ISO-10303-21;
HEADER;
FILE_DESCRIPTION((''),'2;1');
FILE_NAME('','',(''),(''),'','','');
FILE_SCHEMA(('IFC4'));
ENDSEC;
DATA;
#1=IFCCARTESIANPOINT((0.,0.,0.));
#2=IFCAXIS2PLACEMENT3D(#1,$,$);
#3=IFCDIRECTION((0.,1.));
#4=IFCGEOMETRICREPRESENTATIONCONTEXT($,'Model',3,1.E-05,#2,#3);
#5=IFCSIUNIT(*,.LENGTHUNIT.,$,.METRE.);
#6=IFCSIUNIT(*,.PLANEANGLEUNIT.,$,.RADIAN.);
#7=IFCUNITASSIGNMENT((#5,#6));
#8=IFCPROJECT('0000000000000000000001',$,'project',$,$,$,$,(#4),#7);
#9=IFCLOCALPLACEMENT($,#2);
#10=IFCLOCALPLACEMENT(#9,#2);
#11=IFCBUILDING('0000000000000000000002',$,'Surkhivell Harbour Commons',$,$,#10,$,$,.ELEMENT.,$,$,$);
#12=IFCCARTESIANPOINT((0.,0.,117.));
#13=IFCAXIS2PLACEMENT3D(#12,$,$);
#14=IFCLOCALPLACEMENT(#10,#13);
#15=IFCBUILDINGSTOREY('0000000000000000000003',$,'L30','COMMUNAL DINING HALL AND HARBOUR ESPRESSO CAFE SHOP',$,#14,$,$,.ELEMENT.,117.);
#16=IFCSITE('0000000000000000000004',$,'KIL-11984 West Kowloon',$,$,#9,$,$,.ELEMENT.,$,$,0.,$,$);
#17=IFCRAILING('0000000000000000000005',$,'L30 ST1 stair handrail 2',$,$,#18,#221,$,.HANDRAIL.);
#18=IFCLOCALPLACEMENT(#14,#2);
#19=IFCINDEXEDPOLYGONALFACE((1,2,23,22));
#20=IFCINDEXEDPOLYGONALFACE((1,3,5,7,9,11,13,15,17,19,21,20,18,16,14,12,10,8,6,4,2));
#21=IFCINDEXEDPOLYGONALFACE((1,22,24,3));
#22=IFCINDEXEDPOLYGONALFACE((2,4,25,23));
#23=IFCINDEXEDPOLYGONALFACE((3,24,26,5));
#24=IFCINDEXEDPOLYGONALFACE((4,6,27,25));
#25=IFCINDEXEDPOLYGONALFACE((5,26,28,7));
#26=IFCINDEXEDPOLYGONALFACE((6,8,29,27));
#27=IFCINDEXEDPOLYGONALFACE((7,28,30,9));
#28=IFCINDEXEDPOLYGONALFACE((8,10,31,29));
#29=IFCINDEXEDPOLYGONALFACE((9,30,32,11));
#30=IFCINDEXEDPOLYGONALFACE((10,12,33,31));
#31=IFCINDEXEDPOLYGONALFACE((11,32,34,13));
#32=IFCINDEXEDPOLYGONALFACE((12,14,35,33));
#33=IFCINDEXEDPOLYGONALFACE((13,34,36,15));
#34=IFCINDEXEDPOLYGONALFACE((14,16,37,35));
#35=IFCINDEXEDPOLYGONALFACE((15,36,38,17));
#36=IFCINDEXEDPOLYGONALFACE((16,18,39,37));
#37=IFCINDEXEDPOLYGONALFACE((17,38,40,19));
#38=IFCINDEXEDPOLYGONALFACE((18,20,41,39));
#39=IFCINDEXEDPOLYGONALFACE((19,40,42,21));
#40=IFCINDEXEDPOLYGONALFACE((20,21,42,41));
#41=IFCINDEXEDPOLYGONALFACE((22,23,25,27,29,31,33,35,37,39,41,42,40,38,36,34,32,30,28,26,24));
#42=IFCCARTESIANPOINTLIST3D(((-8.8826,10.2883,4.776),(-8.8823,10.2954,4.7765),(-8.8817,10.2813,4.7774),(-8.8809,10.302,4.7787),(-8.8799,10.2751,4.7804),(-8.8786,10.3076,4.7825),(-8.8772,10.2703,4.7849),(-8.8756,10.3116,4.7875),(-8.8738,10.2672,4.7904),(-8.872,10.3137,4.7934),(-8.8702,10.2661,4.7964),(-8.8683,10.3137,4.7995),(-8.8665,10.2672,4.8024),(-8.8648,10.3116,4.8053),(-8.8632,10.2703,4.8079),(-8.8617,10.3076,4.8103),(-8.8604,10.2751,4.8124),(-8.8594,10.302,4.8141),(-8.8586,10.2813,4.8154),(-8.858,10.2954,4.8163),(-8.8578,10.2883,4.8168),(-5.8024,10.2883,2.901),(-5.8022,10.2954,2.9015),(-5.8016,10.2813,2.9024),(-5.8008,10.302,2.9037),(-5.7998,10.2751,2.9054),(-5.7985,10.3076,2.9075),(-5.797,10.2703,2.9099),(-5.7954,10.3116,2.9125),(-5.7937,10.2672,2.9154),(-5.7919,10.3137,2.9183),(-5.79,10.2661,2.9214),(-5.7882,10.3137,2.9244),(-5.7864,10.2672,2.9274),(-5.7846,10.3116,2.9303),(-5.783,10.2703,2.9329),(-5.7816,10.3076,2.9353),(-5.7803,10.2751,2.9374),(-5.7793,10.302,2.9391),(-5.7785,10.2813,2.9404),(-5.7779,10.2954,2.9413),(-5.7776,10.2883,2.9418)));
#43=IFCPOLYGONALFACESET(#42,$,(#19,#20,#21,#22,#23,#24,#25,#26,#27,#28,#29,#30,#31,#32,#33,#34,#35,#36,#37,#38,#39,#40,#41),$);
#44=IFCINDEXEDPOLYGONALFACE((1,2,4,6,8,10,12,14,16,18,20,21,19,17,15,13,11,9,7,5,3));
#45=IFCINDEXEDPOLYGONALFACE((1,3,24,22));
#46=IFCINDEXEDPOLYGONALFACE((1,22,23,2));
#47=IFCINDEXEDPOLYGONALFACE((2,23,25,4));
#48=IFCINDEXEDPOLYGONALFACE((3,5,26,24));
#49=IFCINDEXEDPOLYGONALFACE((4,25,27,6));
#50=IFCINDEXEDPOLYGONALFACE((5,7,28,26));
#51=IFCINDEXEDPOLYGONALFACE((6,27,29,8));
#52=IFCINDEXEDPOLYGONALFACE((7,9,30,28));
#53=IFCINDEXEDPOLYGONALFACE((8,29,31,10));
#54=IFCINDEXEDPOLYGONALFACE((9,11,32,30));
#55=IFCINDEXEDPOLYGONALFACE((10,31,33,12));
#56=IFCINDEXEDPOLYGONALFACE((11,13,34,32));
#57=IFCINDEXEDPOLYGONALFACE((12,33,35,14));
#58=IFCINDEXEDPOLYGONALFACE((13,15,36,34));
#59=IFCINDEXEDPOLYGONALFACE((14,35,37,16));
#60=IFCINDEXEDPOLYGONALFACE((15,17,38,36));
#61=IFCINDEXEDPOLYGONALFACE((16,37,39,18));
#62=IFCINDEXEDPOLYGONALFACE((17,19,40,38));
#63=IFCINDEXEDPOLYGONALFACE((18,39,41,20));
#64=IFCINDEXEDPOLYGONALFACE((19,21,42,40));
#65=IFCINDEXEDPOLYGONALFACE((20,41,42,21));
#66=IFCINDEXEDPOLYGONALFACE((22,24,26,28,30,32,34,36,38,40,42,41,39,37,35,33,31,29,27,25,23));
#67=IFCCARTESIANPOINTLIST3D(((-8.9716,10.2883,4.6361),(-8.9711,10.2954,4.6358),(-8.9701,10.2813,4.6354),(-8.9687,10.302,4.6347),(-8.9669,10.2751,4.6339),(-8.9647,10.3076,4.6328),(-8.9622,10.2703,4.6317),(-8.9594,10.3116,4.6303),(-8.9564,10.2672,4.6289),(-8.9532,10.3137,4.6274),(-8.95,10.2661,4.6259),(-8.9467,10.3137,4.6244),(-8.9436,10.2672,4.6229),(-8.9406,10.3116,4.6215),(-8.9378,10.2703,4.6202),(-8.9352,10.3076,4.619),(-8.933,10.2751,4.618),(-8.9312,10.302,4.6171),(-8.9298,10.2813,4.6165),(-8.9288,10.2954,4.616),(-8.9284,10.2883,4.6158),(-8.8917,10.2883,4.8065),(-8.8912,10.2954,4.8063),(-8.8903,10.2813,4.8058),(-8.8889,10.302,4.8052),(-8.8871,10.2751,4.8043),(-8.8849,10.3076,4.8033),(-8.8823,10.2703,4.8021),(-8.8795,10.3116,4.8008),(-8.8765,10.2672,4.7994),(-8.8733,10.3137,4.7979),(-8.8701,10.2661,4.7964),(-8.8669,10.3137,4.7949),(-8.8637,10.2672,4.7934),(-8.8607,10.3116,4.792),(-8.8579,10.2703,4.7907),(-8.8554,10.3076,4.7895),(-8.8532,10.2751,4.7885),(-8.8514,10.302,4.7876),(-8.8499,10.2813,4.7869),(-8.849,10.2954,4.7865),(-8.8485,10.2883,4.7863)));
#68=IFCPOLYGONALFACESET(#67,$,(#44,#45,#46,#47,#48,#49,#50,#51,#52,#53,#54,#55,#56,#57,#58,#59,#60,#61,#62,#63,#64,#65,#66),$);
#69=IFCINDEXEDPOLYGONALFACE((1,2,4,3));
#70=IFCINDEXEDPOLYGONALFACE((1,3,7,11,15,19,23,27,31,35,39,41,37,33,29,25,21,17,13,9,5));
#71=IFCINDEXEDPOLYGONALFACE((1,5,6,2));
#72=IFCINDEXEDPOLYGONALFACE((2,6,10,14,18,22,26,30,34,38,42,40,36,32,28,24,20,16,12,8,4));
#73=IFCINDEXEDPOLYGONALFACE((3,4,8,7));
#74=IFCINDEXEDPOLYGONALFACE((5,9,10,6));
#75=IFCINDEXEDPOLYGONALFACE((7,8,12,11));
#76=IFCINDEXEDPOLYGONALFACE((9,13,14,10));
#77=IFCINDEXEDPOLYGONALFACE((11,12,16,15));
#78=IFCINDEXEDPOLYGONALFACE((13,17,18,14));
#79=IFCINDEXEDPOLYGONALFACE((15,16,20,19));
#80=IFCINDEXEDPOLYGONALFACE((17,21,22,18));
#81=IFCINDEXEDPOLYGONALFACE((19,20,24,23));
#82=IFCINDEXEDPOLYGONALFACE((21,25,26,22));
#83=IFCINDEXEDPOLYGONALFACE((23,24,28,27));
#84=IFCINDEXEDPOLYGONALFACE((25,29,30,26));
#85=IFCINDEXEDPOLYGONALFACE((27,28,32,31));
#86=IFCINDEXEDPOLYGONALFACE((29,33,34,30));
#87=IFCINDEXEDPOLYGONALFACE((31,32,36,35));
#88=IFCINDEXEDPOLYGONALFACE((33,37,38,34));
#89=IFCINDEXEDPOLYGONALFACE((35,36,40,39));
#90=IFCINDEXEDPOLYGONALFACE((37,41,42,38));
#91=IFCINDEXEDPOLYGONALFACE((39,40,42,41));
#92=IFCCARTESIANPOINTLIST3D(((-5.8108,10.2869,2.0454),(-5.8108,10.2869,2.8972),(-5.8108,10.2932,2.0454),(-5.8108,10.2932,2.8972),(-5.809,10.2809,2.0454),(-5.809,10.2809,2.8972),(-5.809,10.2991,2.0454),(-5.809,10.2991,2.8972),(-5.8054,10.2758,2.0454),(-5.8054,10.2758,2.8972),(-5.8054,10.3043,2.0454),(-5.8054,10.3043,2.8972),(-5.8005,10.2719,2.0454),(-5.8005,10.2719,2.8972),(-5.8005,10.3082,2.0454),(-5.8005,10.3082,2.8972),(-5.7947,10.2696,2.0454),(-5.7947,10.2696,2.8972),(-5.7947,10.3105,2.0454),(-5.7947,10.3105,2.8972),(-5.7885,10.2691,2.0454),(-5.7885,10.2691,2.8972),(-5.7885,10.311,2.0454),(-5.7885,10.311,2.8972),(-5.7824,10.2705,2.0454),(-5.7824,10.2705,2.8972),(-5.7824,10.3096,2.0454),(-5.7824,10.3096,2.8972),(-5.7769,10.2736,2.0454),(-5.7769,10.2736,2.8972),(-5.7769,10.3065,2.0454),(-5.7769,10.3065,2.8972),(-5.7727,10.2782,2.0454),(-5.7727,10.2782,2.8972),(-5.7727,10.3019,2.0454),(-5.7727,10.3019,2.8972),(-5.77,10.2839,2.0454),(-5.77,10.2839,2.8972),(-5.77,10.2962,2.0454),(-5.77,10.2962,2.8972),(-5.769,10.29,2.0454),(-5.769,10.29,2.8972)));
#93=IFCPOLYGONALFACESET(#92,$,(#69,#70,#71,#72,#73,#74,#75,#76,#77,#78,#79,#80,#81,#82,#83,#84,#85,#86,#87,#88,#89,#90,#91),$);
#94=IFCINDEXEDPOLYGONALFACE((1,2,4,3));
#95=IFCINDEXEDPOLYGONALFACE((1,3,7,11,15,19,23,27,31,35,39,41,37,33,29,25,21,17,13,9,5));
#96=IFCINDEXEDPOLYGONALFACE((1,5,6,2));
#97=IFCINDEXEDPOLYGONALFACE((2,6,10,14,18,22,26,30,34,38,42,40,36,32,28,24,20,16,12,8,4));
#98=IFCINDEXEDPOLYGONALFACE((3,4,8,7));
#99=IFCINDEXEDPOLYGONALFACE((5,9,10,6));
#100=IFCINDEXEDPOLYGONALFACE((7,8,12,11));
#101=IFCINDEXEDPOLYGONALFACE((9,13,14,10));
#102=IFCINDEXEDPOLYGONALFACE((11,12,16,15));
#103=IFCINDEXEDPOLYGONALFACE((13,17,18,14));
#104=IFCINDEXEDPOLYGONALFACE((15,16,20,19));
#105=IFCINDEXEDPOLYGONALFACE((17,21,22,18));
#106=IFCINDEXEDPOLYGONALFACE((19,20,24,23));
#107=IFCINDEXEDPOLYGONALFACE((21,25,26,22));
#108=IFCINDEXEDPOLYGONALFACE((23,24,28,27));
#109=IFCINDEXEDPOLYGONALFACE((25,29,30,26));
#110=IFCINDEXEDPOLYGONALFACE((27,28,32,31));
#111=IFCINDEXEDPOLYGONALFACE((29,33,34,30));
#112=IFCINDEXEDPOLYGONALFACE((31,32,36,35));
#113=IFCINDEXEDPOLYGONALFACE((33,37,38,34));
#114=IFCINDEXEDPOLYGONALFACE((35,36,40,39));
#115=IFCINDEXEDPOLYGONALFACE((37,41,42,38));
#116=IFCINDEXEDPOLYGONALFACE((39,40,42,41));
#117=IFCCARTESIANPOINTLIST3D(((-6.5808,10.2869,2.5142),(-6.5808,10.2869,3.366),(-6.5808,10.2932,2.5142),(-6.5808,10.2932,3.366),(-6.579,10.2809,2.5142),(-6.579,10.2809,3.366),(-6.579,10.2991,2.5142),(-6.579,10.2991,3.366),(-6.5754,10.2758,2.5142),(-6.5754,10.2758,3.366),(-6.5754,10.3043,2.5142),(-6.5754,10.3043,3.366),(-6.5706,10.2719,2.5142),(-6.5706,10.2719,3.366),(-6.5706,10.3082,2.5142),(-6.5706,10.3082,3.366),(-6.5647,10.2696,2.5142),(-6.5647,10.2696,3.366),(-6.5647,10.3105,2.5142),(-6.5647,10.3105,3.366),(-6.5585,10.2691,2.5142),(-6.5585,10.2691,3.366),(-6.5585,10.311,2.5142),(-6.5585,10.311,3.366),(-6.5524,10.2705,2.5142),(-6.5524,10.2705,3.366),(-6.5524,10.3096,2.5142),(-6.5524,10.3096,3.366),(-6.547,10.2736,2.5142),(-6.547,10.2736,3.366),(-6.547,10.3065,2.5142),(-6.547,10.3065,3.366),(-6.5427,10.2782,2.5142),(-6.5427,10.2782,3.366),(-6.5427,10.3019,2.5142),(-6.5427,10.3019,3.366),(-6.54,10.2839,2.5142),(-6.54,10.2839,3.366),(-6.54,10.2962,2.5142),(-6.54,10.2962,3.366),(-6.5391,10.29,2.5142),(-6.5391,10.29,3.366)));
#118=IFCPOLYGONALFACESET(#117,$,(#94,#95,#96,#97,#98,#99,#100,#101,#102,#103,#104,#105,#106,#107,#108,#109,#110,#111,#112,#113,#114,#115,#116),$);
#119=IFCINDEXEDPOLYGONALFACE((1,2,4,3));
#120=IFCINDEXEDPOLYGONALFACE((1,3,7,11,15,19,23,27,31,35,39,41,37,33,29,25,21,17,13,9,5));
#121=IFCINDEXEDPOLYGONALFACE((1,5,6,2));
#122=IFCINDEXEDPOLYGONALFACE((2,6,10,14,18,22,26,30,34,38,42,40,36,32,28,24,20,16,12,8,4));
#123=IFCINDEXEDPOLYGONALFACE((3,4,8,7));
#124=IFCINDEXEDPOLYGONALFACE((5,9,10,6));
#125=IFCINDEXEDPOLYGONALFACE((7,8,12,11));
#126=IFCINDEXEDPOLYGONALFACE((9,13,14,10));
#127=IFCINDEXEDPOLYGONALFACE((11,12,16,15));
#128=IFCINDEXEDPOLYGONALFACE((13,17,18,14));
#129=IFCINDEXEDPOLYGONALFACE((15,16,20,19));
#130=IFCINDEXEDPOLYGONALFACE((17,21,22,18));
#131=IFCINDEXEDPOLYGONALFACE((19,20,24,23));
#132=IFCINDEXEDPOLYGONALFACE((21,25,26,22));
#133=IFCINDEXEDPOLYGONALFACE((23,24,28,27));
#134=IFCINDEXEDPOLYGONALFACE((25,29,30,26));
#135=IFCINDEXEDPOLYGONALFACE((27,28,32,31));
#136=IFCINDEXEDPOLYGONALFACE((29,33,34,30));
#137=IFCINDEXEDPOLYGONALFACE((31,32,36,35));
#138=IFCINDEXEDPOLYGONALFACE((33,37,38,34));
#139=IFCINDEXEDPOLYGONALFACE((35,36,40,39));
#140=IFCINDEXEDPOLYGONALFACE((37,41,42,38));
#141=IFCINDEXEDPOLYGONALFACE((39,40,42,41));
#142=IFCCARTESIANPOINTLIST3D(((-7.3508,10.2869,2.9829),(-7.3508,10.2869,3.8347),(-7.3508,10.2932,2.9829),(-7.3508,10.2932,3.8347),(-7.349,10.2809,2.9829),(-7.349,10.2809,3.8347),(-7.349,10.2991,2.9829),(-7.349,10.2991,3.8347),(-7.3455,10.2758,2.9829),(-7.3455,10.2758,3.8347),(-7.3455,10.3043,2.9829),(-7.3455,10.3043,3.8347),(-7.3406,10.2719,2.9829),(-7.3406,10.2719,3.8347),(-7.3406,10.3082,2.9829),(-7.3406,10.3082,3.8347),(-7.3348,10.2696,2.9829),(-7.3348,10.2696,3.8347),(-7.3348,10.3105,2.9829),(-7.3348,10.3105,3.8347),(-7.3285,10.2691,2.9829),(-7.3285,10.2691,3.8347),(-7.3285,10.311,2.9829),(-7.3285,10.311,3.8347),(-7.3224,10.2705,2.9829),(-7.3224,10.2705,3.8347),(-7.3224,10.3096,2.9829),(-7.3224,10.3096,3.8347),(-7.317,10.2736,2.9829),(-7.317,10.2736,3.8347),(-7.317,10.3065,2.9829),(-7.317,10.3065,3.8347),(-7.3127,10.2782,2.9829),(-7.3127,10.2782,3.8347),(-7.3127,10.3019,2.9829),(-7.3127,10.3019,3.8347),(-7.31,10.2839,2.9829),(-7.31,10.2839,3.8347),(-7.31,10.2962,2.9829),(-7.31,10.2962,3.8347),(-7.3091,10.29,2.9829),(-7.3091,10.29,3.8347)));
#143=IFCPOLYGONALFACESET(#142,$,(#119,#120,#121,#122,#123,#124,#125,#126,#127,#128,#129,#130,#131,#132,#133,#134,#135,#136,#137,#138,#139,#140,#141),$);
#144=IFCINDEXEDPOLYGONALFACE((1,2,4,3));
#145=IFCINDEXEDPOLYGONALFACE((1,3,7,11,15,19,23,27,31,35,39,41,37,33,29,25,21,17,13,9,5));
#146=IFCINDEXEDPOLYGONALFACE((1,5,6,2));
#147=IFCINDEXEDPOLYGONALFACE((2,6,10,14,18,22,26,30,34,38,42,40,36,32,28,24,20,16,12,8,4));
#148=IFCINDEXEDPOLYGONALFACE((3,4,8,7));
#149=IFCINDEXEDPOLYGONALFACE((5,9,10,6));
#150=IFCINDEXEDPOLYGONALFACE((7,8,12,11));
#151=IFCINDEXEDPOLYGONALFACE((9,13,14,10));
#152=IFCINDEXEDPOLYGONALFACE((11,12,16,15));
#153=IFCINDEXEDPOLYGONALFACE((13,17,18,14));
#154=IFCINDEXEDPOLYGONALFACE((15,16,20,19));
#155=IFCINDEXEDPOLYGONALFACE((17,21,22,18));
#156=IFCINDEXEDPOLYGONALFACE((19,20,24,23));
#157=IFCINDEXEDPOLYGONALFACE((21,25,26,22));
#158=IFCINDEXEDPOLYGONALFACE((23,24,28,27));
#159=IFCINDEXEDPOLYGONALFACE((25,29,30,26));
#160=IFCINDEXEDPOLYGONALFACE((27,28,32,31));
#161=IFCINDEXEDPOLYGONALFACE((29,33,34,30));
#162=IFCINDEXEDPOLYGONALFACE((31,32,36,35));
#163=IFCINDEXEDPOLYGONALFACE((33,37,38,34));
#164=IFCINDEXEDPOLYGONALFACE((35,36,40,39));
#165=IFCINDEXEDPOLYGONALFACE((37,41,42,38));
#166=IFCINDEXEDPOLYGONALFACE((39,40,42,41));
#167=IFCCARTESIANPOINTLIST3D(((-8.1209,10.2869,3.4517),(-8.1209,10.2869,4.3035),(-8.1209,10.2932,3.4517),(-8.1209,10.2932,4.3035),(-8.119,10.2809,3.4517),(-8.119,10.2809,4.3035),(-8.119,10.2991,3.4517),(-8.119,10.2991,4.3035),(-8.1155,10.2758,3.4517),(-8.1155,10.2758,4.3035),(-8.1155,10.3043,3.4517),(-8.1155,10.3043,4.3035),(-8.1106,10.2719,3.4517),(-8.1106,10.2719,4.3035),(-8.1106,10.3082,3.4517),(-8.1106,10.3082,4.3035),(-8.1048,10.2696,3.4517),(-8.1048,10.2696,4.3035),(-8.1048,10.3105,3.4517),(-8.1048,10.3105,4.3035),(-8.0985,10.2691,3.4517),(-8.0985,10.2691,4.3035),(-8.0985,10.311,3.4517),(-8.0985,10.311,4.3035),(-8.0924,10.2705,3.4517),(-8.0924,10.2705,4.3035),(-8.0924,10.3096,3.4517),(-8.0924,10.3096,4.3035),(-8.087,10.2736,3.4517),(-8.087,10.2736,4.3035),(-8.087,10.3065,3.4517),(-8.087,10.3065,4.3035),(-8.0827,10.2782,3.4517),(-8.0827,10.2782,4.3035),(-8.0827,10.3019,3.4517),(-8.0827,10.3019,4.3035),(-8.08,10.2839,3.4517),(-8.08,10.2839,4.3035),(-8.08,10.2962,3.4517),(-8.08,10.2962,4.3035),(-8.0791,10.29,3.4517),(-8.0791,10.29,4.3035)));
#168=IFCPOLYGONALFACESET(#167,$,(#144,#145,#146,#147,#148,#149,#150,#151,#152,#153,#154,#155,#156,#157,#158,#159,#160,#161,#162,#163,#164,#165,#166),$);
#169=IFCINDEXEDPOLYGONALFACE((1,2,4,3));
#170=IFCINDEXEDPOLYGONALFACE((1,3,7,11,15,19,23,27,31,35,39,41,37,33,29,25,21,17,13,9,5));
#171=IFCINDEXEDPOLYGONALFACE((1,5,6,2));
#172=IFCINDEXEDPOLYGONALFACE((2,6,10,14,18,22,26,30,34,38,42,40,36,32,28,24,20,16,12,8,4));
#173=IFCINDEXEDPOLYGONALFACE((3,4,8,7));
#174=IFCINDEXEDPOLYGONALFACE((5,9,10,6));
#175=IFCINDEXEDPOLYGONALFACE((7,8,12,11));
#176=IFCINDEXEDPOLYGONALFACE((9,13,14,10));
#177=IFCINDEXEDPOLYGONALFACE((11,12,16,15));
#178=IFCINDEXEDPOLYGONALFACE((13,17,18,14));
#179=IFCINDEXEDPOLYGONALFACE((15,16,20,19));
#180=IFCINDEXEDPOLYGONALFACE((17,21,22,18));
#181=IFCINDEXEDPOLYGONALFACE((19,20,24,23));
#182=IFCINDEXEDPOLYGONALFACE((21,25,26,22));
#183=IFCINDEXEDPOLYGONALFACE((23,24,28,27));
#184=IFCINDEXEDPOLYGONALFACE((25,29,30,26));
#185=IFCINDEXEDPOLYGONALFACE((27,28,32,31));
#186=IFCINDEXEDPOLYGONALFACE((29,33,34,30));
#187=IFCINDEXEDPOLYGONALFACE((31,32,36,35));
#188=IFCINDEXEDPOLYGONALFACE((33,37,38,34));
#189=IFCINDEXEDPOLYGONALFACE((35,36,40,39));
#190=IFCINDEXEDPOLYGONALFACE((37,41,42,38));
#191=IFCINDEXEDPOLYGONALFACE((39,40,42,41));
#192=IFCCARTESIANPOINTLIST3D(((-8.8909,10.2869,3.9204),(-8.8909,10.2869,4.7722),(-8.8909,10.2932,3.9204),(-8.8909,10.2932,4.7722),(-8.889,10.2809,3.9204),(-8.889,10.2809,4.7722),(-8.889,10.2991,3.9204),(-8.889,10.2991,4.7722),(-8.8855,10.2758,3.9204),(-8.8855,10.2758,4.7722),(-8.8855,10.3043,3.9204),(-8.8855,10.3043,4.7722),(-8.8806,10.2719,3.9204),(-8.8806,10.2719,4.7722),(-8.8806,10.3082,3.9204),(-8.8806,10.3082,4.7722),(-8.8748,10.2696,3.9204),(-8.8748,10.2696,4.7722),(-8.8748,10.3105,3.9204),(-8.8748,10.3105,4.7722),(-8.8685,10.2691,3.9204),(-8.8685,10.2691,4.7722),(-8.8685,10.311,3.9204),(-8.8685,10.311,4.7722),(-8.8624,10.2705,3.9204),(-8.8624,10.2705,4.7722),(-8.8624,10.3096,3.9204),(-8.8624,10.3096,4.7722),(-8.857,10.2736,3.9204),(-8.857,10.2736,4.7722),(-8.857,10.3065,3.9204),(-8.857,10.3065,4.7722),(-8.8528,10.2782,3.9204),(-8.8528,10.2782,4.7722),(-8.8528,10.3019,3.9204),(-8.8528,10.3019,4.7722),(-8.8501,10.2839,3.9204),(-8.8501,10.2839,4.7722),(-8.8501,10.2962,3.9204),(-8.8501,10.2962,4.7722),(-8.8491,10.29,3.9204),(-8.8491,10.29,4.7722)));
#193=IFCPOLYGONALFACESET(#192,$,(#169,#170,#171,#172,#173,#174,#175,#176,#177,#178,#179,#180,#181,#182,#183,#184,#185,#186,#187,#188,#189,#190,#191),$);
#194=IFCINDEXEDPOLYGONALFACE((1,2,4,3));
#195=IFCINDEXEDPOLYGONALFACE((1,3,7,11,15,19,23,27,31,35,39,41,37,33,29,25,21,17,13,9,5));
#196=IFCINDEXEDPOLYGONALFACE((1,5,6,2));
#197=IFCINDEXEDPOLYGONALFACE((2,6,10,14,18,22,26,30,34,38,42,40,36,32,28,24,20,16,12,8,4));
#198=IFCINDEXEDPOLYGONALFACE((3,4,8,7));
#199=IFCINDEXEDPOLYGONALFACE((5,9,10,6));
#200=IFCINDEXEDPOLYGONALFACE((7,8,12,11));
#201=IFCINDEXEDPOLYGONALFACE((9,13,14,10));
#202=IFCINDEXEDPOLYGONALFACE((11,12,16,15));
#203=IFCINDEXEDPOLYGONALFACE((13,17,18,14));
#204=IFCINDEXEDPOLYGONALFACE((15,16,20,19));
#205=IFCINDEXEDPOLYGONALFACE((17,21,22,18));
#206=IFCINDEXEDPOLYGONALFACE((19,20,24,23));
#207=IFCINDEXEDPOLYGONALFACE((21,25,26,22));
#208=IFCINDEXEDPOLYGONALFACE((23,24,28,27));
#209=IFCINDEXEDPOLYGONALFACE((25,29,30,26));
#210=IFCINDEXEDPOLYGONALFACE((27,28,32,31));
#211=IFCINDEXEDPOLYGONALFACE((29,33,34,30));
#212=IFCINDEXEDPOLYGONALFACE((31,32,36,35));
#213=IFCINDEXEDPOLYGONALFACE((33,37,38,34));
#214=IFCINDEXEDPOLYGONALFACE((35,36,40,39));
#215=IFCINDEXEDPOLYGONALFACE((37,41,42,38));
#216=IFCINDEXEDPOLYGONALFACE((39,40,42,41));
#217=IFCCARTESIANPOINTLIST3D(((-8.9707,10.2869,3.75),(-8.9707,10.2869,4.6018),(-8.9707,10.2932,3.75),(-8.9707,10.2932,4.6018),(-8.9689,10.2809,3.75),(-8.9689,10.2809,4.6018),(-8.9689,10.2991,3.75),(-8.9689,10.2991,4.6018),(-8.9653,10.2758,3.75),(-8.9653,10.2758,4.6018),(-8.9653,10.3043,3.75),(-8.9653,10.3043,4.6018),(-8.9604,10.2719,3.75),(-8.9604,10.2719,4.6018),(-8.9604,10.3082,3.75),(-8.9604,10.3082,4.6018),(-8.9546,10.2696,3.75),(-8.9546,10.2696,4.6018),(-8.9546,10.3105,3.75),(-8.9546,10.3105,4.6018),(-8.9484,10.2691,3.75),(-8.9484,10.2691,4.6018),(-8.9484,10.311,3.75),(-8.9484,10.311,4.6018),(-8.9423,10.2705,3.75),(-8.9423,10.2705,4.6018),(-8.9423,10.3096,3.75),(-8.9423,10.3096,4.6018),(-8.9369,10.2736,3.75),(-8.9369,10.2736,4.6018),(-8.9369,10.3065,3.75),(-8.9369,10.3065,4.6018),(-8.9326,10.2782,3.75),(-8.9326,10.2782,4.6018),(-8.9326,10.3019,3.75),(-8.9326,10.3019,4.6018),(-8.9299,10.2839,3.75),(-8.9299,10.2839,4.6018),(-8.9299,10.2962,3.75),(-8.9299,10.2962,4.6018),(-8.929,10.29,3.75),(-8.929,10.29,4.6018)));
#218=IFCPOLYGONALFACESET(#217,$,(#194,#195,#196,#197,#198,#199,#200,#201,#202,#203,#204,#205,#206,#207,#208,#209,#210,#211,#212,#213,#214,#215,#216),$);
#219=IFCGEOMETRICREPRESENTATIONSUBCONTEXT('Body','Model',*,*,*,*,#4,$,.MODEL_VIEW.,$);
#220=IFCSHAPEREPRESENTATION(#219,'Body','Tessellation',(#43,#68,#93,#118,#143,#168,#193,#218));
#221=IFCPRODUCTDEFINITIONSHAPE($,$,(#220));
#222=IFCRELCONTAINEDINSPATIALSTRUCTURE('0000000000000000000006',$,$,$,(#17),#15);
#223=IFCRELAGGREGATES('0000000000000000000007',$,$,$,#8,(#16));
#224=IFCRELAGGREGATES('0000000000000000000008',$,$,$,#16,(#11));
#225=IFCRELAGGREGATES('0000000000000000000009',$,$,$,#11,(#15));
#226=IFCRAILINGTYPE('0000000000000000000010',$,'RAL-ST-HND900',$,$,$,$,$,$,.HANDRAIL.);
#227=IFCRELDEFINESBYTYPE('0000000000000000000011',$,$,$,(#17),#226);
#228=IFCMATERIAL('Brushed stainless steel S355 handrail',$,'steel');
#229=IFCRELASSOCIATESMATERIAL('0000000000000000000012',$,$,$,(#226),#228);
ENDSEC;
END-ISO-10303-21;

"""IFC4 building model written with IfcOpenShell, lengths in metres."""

from ifc_helpers import new_model, si_unit, direction, frame, origin, origin_2d, place, context, subcontext, project, spatial, circle, extrude, material, type_object, element, save


model = new_model("IFC4")

# Units and contexts
model_context = context("Model", 3, precision=1e-05, world=origin(), true_north=direction((0.0, 1.0)))
body_context = subcontext(model_context, "Body", "Model", "MODEL_VIEW")
ifc_project = project(units=[si_unit("LENGTHUNIT", "METRE"), si_unit("PLANEANGLEUNIT", "RADIAN")], contexts=[model_context])

# Site, building, storey
site_placement = place(None, origin())
site = spatial("IfcSite", under=ifc_project, at=site_placement, Name="KIL-11984 West Kowloon", CompositionType="ELEMENT", RefElevation=0.0)
building_placement = place(site_placement, origin())
building = spatial("IfcBuilding", under=site, at=building_placement, Name="Surkhivell Harbour Commons", CompositionType="ELEMENT")
storey_placement = place(building_placement, frame((0.0, 0.0, 117.0)))
storey = spatial("IfcBuildingStorey", under=building, at=storey_placement, Name="L30", Description="COMMUNAL DINING HALL AND HARBOUR ESPRESSO CAFE SHOP", CompositionType="ELEMENT", Elevation=117.0)

# Railing
ifc_material_1 = material(Name="Brushed stainless steel S355 handrail", Category="steel")
railing_type_1 = type_object("IfcRailingType", Name="RAL-ST-HND900", PredefinedType="HANDRAIL", material=ifc_material_1)
railing_1_placement = place(storey_placement, frame((-5.79, 10.29, 2.0454)))
element("IfcRailing", 1, at=railing_1_placement, inside=storey, type_object=railing_type_1, Name="L30 ST1 stair handrail 2", PredefinedType="HANDRAIL", context=body_context, shape_type="SweptSolid", body=[
    extrude(circle(Radius=0.0239, at=origin_2d()), frame((0.0, 0.0, 0.876), z_axis=(-0.854178, 0.0, 0.519981), x_axis=(0.0, -1.0, 0.0)), (0.0, 0.0, 1.0), 3.606),
    extrude(circle(Radius=0.0239, at=origin_2d()), frame((-3.0801, 0.0, 2.751), z_axis=(-0.424234, 0.0, -0.905552), x_axis=(0.0, -1.0, 0.0)), (0.0, 0.0, 1.0), 0.1882),
    extrude(circle(Radius=0.021, at=origin_2d()), origin(), (0.0, 0.0, 1.0), 0.8518),
    extrude(circle(Radius=0.021, at=origin_2d()), frame((-0.77, 0.0, 0.4688)), (0.0, 0.0, 1.0), 0.8518),
    extrude(circle(Radius=0.021, at=origin_2d()), frame((-1.54, 0.0, 0.9375)), (0.0, 0.0, 1.0), 0.8518),
    extrude(circle(Radius=0.021, at=origin_2d()), frame((-2.3101, 0.0, 1.4062)), (0.0, 0.0, 1.0), 0.8518),
    extrude(circle(Radius=0.021, at=origin_2d()), frame((-3.0801, 0.0, 1.875)), (0.0, 0.0, 1.0), 0.8518),
    extrude(circle(Radius=0.021, at=origin_2d()), frame((-3.1599, 0.0, 1.7046)), (0.0, 0.0, 1.0), 0.8518),
])

save(model, "model.ifc")
